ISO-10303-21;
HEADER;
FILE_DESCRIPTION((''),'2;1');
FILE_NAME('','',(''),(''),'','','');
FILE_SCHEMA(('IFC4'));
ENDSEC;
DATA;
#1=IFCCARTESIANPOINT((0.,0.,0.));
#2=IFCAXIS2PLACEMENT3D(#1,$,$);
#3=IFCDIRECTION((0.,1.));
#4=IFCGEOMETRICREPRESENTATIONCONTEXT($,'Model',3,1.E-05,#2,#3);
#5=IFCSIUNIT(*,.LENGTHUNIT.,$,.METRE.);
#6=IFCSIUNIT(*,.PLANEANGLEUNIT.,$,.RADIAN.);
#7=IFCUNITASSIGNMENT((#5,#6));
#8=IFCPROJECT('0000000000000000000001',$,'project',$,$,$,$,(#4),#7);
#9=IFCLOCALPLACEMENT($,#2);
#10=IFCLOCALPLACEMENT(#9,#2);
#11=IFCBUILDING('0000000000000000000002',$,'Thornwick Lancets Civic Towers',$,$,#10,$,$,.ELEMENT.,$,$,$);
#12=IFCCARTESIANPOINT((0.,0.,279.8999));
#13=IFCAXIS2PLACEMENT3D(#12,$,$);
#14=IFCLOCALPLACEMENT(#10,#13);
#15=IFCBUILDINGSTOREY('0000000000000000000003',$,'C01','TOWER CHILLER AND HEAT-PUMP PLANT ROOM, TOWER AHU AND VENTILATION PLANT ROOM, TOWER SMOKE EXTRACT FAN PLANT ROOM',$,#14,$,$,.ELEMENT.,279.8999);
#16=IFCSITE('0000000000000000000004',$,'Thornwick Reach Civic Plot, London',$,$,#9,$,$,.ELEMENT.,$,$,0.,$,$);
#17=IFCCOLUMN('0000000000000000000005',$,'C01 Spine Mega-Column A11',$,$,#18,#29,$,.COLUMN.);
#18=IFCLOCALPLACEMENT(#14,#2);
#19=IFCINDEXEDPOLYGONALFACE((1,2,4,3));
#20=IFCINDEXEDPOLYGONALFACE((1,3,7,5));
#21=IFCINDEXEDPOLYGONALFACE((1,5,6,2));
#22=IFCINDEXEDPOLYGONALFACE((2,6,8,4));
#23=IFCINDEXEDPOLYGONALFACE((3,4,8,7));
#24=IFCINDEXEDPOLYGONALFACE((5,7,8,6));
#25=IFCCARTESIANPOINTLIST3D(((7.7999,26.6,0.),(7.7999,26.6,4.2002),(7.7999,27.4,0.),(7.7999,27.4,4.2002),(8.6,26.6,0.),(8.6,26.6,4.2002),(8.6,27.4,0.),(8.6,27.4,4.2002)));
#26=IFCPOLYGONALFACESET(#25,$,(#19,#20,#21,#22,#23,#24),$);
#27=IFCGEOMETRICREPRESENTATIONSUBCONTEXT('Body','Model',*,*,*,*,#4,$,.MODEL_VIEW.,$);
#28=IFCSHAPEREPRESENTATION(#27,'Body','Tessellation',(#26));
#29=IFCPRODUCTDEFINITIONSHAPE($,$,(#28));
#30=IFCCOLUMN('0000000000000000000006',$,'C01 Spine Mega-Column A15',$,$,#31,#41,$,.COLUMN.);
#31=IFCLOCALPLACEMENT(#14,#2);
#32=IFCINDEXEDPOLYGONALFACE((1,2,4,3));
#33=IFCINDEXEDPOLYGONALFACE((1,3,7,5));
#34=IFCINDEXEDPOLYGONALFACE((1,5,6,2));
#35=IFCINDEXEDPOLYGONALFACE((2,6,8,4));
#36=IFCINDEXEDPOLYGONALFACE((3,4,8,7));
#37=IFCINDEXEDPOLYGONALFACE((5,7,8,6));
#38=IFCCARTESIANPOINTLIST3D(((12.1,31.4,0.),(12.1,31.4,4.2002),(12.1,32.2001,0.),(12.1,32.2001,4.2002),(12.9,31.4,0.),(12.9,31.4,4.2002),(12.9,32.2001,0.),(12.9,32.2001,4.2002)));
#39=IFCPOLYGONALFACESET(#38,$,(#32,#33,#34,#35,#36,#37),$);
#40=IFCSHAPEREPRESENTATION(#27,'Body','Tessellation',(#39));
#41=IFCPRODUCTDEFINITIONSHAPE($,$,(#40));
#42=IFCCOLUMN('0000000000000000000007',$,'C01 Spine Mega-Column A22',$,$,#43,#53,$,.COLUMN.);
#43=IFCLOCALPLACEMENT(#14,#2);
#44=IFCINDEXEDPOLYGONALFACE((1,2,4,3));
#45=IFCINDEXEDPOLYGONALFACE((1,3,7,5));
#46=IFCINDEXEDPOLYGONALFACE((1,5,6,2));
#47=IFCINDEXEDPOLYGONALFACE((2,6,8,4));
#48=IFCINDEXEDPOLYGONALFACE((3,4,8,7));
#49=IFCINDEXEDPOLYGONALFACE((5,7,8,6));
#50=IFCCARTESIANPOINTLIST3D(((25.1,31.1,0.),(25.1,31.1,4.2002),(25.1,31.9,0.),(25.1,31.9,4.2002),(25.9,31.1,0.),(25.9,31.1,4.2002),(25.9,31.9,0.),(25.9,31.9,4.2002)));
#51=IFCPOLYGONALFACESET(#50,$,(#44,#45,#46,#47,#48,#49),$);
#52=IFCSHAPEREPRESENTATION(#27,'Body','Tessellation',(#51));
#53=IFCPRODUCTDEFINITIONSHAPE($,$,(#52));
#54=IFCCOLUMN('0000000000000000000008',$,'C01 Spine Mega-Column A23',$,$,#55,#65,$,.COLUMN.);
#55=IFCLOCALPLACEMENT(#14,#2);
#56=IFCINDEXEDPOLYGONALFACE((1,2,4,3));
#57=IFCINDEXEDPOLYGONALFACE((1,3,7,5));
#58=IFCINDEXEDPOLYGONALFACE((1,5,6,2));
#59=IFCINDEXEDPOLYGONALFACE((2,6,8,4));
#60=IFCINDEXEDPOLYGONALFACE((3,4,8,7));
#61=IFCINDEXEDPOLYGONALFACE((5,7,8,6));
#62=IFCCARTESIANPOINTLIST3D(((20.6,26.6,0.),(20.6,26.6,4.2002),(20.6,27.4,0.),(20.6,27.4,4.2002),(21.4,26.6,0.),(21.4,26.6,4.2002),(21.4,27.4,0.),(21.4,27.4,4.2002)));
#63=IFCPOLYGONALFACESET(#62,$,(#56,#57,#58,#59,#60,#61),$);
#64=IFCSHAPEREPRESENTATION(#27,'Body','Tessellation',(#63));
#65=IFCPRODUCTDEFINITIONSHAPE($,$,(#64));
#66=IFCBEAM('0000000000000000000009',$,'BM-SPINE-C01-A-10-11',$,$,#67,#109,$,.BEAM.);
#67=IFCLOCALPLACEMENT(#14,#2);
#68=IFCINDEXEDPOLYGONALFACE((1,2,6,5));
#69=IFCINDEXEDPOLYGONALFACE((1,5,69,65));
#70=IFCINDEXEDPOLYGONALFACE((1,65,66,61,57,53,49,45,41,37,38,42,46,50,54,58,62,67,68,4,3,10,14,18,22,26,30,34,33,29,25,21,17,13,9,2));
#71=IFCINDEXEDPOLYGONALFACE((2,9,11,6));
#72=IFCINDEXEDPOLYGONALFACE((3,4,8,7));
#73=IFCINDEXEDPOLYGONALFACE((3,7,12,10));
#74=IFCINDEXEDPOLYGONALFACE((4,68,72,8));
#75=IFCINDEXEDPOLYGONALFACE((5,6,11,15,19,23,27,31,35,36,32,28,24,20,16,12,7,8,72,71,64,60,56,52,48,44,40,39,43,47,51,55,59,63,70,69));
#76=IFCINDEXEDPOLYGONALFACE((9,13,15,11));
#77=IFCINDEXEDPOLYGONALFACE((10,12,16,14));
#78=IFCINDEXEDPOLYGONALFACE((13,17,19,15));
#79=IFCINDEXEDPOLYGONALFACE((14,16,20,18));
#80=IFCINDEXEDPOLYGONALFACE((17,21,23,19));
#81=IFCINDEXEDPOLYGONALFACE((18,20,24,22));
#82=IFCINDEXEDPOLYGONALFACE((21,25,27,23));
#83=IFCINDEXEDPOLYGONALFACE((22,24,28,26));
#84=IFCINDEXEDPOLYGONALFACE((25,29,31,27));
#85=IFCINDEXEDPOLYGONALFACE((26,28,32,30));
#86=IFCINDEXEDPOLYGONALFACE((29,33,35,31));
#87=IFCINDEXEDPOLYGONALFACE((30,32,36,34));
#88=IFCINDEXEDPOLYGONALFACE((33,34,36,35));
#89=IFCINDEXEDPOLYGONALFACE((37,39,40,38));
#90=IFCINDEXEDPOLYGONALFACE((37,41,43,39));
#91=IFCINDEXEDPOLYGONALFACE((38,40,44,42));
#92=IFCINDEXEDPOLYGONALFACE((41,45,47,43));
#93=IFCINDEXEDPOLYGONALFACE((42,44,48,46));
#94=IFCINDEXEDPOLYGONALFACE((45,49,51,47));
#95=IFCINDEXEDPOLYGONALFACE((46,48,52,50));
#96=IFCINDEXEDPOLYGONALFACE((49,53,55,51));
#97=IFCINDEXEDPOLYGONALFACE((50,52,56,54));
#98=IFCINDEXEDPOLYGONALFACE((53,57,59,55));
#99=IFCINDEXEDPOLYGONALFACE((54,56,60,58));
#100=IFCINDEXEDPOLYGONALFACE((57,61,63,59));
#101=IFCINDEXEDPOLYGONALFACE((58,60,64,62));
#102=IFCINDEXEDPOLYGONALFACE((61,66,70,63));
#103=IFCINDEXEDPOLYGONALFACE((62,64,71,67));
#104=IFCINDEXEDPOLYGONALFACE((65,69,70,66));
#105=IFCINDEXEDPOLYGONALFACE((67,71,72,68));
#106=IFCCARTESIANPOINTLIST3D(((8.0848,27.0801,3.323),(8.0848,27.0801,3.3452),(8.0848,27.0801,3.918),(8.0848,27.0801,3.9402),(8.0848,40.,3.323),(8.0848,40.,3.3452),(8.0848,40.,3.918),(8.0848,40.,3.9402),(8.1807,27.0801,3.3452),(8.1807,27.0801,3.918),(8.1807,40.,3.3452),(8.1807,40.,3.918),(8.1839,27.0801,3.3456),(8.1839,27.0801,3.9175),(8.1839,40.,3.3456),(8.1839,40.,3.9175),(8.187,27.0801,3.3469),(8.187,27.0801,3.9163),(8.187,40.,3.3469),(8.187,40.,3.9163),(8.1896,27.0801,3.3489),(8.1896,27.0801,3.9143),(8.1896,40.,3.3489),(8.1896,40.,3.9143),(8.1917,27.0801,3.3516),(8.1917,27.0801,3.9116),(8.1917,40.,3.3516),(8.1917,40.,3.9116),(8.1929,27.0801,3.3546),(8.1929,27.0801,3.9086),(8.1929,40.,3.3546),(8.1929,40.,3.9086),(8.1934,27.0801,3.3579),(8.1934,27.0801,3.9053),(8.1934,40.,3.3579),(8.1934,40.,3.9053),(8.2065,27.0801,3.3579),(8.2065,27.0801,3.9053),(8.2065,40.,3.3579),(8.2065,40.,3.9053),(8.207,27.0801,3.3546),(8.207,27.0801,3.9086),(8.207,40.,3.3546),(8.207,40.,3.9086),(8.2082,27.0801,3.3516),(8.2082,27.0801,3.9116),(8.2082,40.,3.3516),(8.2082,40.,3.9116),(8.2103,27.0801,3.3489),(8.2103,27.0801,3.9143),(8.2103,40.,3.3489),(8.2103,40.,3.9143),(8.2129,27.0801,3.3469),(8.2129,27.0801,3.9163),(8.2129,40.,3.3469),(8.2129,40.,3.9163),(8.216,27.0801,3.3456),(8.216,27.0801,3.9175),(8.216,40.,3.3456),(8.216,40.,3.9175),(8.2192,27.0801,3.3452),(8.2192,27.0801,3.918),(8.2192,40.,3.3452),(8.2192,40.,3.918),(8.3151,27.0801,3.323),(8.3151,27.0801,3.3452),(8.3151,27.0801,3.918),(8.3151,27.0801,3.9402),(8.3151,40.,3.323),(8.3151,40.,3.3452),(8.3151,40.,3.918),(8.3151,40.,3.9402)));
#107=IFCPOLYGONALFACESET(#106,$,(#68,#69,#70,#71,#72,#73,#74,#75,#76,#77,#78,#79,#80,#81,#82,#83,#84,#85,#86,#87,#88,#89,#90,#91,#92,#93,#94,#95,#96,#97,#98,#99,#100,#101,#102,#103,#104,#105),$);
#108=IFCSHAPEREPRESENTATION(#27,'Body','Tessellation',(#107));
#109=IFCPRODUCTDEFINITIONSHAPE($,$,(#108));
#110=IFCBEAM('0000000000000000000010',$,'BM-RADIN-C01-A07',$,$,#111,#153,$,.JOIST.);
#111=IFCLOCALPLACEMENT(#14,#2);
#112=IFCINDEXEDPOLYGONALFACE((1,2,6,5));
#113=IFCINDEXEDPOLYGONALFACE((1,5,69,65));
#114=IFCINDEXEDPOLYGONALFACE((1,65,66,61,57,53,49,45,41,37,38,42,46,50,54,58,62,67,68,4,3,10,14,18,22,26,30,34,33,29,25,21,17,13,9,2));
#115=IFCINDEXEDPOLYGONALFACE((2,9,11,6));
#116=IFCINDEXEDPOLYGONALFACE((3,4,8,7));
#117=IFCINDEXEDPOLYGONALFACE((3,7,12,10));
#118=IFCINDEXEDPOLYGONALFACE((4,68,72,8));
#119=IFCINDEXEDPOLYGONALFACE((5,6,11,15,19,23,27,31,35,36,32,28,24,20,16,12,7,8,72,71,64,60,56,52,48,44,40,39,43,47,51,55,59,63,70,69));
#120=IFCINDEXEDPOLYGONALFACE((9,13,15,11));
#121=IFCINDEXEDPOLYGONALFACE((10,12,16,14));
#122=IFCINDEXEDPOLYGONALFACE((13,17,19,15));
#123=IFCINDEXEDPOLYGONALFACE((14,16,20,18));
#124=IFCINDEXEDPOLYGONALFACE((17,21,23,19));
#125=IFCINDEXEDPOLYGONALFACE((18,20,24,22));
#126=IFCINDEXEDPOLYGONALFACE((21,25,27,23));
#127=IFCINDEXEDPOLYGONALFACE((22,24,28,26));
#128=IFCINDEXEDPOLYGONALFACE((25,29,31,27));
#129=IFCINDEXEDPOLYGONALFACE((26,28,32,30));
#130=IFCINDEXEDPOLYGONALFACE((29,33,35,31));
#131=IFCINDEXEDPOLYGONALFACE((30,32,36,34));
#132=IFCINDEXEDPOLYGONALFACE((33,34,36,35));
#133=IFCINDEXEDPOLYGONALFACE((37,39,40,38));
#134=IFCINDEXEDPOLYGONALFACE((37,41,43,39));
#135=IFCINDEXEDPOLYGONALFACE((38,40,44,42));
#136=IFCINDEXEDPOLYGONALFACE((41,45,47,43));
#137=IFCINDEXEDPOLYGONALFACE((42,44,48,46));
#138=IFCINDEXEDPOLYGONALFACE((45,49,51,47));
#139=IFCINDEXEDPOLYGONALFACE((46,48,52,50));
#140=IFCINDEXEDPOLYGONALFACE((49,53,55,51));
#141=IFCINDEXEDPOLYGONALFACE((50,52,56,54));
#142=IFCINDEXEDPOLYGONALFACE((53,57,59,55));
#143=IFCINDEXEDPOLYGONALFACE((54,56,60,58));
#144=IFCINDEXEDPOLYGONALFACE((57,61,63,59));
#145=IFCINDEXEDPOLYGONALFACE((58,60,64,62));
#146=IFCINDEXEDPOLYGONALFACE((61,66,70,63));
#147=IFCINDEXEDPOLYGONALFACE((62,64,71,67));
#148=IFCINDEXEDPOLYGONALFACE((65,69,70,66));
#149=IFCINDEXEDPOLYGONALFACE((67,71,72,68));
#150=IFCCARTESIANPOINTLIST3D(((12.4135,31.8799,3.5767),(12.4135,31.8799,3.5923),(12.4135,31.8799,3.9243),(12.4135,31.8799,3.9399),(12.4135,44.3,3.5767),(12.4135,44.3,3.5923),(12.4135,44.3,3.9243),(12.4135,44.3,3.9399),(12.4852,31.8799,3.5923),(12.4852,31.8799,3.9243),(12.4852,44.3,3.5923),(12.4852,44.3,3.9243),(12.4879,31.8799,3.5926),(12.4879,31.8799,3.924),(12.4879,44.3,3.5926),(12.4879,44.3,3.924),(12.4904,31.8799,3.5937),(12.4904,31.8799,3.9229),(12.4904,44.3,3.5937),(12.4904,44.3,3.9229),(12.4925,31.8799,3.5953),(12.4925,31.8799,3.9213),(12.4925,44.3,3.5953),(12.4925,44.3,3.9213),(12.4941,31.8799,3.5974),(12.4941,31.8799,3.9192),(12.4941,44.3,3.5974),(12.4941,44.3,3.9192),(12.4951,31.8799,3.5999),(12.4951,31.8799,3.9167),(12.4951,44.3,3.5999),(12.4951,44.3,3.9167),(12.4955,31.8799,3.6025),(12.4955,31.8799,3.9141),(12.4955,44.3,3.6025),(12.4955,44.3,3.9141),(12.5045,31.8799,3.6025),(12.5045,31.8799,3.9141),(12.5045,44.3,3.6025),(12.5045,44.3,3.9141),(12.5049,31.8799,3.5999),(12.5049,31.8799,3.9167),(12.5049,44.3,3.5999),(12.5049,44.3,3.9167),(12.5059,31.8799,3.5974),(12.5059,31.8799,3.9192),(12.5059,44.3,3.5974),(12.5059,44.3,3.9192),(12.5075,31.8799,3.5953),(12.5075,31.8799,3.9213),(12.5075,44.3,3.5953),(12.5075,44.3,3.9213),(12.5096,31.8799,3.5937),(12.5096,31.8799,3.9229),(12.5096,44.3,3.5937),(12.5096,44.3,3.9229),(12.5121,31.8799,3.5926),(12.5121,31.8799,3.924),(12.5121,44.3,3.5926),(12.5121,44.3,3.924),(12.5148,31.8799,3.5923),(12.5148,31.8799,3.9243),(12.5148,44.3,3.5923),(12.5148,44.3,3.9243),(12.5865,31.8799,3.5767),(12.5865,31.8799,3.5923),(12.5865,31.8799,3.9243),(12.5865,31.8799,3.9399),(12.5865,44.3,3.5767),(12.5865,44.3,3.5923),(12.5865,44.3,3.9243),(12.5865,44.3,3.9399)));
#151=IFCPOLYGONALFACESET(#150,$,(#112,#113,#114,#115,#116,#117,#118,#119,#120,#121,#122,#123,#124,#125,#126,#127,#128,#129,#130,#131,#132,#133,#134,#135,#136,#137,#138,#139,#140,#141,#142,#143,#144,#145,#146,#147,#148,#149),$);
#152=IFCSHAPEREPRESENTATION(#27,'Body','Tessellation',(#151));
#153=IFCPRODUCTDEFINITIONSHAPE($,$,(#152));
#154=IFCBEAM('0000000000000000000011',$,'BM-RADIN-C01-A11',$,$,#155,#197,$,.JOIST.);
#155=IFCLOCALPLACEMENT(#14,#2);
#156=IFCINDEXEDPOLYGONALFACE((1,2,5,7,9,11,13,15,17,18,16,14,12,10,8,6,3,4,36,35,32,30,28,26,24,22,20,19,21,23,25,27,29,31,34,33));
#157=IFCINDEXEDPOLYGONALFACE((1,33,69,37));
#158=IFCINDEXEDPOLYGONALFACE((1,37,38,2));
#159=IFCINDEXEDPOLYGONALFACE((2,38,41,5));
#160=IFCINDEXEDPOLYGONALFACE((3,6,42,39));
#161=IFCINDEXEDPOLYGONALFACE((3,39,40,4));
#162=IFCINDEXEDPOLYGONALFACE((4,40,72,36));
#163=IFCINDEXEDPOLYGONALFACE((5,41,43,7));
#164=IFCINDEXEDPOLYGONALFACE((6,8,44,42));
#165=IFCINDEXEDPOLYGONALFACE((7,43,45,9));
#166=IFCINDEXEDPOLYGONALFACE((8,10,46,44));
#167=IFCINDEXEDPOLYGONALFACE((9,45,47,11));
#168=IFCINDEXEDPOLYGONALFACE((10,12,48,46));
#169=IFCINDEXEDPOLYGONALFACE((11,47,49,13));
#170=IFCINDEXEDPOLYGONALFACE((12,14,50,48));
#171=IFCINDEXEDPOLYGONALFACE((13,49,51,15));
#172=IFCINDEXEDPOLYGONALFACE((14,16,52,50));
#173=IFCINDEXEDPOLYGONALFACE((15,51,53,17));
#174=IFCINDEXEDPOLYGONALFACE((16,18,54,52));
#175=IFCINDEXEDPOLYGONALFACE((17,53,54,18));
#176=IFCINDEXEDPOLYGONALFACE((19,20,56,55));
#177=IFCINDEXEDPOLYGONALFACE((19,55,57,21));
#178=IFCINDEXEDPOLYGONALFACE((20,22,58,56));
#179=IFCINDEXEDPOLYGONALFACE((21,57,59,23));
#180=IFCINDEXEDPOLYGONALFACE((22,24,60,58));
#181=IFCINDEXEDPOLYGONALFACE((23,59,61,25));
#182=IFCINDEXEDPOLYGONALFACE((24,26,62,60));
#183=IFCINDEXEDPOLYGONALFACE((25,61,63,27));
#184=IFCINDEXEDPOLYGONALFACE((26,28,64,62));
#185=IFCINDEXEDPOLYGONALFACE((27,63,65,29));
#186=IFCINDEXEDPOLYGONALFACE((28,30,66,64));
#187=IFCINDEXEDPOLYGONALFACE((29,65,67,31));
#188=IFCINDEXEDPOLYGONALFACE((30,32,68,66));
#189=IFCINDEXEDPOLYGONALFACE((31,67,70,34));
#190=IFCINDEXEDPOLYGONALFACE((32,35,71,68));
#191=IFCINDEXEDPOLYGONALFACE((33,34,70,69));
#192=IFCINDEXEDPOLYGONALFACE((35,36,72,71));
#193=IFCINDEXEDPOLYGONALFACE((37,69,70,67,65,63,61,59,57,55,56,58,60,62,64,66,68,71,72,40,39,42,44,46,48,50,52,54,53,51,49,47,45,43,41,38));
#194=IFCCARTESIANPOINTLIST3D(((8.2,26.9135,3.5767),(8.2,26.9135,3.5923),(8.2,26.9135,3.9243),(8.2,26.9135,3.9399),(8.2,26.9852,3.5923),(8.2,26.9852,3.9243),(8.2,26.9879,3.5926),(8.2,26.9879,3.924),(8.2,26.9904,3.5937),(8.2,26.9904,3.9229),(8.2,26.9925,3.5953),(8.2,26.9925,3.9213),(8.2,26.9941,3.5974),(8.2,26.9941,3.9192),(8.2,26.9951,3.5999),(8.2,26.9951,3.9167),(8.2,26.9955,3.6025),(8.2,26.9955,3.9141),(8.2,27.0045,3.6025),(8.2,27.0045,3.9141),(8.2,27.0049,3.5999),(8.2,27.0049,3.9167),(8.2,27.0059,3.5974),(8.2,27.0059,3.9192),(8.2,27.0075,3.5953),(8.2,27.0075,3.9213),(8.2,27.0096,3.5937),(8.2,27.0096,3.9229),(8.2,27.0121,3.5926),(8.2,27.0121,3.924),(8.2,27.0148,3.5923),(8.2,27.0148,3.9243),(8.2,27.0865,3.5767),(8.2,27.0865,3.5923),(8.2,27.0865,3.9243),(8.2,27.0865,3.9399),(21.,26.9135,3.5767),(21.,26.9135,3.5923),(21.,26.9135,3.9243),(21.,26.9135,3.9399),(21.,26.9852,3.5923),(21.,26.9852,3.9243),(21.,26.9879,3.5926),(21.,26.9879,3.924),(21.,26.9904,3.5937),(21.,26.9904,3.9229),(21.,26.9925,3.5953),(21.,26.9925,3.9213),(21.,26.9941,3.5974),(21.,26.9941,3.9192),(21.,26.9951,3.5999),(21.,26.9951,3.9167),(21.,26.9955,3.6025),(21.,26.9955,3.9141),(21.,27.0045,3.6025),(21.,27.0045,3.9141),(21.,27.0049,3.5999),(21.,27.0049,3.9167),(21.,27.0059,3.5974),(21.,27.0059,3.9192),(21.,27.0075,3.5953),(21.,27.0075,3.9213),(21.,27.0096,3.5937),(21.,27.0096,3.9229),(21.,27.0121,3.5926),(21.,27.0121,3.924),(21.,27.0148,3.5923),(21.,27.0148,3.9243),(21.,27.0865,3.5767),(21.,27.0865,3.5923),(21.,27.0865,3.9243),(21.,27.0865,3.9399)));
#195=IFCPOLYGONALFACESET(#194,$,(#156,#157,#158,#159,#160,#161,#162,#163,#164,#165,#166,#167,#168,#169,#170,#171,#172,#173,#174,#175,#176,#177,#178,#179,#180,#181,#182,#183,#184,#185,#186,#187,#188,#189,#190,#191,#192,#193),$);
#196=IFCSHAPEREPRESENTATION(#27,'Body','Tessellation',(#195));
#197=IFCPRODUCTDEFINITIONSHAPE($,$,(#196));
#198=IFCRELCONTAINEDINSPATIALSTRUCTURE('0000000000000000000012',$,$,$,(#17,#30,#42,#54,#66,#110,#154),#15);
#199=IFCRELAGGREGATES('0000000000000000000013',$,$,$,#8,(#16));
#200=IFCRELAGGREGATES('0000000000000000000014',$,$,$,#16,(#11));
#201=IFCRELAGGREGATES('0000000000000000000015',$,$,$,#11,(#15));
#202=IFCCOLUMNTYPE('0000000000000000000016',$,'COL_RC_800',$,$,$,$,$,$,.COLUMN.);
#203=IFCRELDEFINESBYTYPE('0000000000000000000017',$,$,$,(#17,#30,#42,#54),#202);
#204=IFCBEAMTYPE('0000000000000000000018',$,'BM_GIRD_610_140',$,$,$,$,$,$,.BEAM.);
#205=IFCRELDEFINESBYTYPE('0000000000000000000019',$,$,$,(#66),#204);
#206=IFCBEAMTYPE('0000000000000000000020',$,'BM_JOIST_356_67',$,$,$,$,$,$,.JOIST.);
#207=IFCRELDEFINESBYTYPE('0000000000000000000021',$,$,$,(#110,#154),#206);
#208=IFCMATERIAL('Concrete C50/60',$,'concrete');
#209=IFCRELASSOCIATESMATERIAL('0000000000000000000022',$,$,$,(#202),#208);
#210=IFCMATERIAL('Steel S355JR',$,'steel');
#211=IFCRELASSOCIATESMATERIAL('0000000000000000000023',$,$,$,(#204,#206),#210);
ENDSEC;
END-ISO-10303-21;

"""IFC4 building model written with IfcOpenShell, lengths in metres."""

from ifc_helpers import new_model, si_unit, direction, frame, origin, origin_2d, place, context, subcontext, project, spatial, rectangle, i_section, extrude, material, material_profile, profile_set, type_object, element, save


model = new_model("IFC4")

# Units and contexts
model_context = context("Model", 3, precision=1e-05, world=origin(), true_north=direction((0.0, 1.0)))
body_context = subcontext(model_context, "Body", "Model", "MODEL_VIEW")
ifc_project = project(units=[si_unit("LENGTHUNIT", "METRE"), si_unit("PLANEANGLEUNIT", "RADIAN")], contexts=[model_context])

# Site, building, storey
site_placement = place(None, origin())
site = spatial("IfcSite", under=ifc_project, at=site_placement, Name="Thornwick Reach Civic Plot, London", CompositionType="ELEMENT", RefElevation=0.0)
building_placement = place(site_placement, origin())
building = spatial("IfcBuilding", under=site, at=building_placement, Name="Thornwick Lancets Civic Towers", CompositionType="ELEMENT")
storey_placement = place(building_placement, frame((0.0, 0.0, 279.8999)))
storey = spatial("IfcBuildingStorey", under=building, at=storey_placement, Name="C01", Description="TOWER CHILLER AND HEAT-PUMP PLANT ROOM, TOWER AHU AND VENTILATION PLANT ROOM, TOWER SMOKE EXTRACT FAN PLANT ROOM", CompositionType="ELEMENT", Elevation=279.8999)

# Columns
ifc_material_1 = material(Name="Concrete C50/60", Category="concrete")
ifc_material_profile_1 = material_profile(ifc_material_1, rectangle(XDim=0.8, YDim=0.8, at=origin_2d()), Name="RC 800x800")
ifc_profile_set_1 = profile_set([ifc_material_profile_1], Name="Concrete C50/60")
column_type = type_object("IfcColumnType", Name="COL_RC_800", PredefinedType="COLUMN", material=ifc_profile_set_1)
for number, where, z_axis, x_axis, name in (
    (1, (8.2, 27.0, 0.0), (0.0, 0.0, 1.0), (1.0, 0.0, 0.0), "C01 Spine Mega-Column A11"),
    (2, (12.5, 31.8, 0.0), (0.0, 0.0, 1.0), (1.0, 0.0, 0.0), "C01 Spine Mega-Column A15"),
    (3, (25.5, 31.5, 0.0), (0.0, 0.0, 1.0), (1.0, 0.0, 0.0), "C01 Spine Mega-Column A22"),
    (4, (21.0, 27.0, 0.0), (0.0, 0.0, 1.0), (1.0, 0.0, 0.0), "C01 Spine Mega-Column A23"),
):
    element("IfcColumn", number, at=place(storey_placement, frame(where, z_axis=z_axis, x_axis=x_axis)), inside=storey, type_object=column_type, Name=name, PredefinedType="COLUMN", context=body_context, shape_type="SweptSolid", body=[
        extrude(rectangle(XDim=0.8, YDim=0.8, at=origin_2d()), origin(), (0.0, 0.0, 1.0), 4.2002),
    ])

# Beams
ifc_material_2 = material(Name="Steel S355JR", Category="steel")
ifc_material_profile_2 = material_profile(ifc_material_2, i_section(OverallWidth=0.2302, OverallDepth=0.6172, WebThickness=0.0132, FlangeThickness=0.0222, FilletRadius=0.0127, at=origin_2d()), Name="UKB 610x229x140")
ifc_profile_set_2 = profile_set([ifc_material_profile_2], Name="Steel S355JR")
beam_type_1 = type_object("IfcBeamType", Name="BM_GIRD_610_140", PredefinedType="BEAM", material=ifc_profile_set_2)
beam_1_placement = place(storey_placement, frame((8.2, 27.0801, 3.6316), z_axis=(0.0, 1.0, 0.0), x_axis=(-1.0, 0.0, 0.0)))
element("IfcBeam", 5, at=beam_1_placement, inside=storey, type_object=beam_type_1, Name="BM-SPINE-C01-A-10-11", PredefinedType="BEAM", context=body_context, shape_type="SweptSolid", body=[
    extrude(i_section(OverallWidth=0.2302, OverallDepth=0.6172, WebThickness=0.0132, FlangeThickness=0.0222, FilletRadius=0.0127, at=origin_2d()), origin(), (0.0, 0.0, 1.0), 12.9199),
])
ifc_material_profile_3 = material_profile(ifc_material_2, i_section(OverallWidth=0.1731, OverallDepth=0.3633, WebThickness=0.009, FlangeThickness=0.0156, FilletRadius=0.0103, at=origin_2d()), Name="UKB 356x171x67")
ifc_profile_set_3 = profile_set([ifc_material_profile_3], Name="Steel S355JR")
beam_type_2 = type_object("IfcBeamType", Name="BM_JOIST_356_67", PredefinedType="JOIST", material=ifc_profile_set_3)
beam_2_placement = place(storey_placement, frame((12.5, 31.8799, 3.7583), z_axis=(0.0, 1.0, 0.0), x_axis=(-1.0, 0.0, 0.0)))
element("IfcBeam", 6, at=beam_2_placement, inside=storey, type_object=beam_type_2, Name="BM-RADIN-C01-A07", PredefinedType="JOIST", context=body_context, shape_type="SweptSolid", body=[
    extrude(i_section(OverallWidth=0.1731, OverallDepth=0.3633, WebThickness=0.009, FlangeThickness=0.0156, FilletRadius=0.0103, at=origin_2d()), origin(), (0.0, 0.0, 1.0), 12.4202),
])
beam_3_placement = place(storey_placement, frame((21.0, 27.0, 3.7583), z_axis=(-1.0, 0.0, 0.0), x_axis=(0.0, -1.0, 0.0)))
element("IfcBeam", 7, at=beam_3_placement, inside=storey, type_object=beam_type_2, Name="BM-RADIN-C01-A11", PredefinedType="JOIST", context=body_context, shape_type="SweptSolid", body=[
    extrude(i_section(OverallWidth=0.1731, OverallDepth=0.3633, WebThickness=0.009, FlangeThickness=0.0156, FilletRadius=0.0103, at=origin_2d()), origin(), (0.0, 0.0, 1.0), 12.8),
])

save(model, "model.ifc")
